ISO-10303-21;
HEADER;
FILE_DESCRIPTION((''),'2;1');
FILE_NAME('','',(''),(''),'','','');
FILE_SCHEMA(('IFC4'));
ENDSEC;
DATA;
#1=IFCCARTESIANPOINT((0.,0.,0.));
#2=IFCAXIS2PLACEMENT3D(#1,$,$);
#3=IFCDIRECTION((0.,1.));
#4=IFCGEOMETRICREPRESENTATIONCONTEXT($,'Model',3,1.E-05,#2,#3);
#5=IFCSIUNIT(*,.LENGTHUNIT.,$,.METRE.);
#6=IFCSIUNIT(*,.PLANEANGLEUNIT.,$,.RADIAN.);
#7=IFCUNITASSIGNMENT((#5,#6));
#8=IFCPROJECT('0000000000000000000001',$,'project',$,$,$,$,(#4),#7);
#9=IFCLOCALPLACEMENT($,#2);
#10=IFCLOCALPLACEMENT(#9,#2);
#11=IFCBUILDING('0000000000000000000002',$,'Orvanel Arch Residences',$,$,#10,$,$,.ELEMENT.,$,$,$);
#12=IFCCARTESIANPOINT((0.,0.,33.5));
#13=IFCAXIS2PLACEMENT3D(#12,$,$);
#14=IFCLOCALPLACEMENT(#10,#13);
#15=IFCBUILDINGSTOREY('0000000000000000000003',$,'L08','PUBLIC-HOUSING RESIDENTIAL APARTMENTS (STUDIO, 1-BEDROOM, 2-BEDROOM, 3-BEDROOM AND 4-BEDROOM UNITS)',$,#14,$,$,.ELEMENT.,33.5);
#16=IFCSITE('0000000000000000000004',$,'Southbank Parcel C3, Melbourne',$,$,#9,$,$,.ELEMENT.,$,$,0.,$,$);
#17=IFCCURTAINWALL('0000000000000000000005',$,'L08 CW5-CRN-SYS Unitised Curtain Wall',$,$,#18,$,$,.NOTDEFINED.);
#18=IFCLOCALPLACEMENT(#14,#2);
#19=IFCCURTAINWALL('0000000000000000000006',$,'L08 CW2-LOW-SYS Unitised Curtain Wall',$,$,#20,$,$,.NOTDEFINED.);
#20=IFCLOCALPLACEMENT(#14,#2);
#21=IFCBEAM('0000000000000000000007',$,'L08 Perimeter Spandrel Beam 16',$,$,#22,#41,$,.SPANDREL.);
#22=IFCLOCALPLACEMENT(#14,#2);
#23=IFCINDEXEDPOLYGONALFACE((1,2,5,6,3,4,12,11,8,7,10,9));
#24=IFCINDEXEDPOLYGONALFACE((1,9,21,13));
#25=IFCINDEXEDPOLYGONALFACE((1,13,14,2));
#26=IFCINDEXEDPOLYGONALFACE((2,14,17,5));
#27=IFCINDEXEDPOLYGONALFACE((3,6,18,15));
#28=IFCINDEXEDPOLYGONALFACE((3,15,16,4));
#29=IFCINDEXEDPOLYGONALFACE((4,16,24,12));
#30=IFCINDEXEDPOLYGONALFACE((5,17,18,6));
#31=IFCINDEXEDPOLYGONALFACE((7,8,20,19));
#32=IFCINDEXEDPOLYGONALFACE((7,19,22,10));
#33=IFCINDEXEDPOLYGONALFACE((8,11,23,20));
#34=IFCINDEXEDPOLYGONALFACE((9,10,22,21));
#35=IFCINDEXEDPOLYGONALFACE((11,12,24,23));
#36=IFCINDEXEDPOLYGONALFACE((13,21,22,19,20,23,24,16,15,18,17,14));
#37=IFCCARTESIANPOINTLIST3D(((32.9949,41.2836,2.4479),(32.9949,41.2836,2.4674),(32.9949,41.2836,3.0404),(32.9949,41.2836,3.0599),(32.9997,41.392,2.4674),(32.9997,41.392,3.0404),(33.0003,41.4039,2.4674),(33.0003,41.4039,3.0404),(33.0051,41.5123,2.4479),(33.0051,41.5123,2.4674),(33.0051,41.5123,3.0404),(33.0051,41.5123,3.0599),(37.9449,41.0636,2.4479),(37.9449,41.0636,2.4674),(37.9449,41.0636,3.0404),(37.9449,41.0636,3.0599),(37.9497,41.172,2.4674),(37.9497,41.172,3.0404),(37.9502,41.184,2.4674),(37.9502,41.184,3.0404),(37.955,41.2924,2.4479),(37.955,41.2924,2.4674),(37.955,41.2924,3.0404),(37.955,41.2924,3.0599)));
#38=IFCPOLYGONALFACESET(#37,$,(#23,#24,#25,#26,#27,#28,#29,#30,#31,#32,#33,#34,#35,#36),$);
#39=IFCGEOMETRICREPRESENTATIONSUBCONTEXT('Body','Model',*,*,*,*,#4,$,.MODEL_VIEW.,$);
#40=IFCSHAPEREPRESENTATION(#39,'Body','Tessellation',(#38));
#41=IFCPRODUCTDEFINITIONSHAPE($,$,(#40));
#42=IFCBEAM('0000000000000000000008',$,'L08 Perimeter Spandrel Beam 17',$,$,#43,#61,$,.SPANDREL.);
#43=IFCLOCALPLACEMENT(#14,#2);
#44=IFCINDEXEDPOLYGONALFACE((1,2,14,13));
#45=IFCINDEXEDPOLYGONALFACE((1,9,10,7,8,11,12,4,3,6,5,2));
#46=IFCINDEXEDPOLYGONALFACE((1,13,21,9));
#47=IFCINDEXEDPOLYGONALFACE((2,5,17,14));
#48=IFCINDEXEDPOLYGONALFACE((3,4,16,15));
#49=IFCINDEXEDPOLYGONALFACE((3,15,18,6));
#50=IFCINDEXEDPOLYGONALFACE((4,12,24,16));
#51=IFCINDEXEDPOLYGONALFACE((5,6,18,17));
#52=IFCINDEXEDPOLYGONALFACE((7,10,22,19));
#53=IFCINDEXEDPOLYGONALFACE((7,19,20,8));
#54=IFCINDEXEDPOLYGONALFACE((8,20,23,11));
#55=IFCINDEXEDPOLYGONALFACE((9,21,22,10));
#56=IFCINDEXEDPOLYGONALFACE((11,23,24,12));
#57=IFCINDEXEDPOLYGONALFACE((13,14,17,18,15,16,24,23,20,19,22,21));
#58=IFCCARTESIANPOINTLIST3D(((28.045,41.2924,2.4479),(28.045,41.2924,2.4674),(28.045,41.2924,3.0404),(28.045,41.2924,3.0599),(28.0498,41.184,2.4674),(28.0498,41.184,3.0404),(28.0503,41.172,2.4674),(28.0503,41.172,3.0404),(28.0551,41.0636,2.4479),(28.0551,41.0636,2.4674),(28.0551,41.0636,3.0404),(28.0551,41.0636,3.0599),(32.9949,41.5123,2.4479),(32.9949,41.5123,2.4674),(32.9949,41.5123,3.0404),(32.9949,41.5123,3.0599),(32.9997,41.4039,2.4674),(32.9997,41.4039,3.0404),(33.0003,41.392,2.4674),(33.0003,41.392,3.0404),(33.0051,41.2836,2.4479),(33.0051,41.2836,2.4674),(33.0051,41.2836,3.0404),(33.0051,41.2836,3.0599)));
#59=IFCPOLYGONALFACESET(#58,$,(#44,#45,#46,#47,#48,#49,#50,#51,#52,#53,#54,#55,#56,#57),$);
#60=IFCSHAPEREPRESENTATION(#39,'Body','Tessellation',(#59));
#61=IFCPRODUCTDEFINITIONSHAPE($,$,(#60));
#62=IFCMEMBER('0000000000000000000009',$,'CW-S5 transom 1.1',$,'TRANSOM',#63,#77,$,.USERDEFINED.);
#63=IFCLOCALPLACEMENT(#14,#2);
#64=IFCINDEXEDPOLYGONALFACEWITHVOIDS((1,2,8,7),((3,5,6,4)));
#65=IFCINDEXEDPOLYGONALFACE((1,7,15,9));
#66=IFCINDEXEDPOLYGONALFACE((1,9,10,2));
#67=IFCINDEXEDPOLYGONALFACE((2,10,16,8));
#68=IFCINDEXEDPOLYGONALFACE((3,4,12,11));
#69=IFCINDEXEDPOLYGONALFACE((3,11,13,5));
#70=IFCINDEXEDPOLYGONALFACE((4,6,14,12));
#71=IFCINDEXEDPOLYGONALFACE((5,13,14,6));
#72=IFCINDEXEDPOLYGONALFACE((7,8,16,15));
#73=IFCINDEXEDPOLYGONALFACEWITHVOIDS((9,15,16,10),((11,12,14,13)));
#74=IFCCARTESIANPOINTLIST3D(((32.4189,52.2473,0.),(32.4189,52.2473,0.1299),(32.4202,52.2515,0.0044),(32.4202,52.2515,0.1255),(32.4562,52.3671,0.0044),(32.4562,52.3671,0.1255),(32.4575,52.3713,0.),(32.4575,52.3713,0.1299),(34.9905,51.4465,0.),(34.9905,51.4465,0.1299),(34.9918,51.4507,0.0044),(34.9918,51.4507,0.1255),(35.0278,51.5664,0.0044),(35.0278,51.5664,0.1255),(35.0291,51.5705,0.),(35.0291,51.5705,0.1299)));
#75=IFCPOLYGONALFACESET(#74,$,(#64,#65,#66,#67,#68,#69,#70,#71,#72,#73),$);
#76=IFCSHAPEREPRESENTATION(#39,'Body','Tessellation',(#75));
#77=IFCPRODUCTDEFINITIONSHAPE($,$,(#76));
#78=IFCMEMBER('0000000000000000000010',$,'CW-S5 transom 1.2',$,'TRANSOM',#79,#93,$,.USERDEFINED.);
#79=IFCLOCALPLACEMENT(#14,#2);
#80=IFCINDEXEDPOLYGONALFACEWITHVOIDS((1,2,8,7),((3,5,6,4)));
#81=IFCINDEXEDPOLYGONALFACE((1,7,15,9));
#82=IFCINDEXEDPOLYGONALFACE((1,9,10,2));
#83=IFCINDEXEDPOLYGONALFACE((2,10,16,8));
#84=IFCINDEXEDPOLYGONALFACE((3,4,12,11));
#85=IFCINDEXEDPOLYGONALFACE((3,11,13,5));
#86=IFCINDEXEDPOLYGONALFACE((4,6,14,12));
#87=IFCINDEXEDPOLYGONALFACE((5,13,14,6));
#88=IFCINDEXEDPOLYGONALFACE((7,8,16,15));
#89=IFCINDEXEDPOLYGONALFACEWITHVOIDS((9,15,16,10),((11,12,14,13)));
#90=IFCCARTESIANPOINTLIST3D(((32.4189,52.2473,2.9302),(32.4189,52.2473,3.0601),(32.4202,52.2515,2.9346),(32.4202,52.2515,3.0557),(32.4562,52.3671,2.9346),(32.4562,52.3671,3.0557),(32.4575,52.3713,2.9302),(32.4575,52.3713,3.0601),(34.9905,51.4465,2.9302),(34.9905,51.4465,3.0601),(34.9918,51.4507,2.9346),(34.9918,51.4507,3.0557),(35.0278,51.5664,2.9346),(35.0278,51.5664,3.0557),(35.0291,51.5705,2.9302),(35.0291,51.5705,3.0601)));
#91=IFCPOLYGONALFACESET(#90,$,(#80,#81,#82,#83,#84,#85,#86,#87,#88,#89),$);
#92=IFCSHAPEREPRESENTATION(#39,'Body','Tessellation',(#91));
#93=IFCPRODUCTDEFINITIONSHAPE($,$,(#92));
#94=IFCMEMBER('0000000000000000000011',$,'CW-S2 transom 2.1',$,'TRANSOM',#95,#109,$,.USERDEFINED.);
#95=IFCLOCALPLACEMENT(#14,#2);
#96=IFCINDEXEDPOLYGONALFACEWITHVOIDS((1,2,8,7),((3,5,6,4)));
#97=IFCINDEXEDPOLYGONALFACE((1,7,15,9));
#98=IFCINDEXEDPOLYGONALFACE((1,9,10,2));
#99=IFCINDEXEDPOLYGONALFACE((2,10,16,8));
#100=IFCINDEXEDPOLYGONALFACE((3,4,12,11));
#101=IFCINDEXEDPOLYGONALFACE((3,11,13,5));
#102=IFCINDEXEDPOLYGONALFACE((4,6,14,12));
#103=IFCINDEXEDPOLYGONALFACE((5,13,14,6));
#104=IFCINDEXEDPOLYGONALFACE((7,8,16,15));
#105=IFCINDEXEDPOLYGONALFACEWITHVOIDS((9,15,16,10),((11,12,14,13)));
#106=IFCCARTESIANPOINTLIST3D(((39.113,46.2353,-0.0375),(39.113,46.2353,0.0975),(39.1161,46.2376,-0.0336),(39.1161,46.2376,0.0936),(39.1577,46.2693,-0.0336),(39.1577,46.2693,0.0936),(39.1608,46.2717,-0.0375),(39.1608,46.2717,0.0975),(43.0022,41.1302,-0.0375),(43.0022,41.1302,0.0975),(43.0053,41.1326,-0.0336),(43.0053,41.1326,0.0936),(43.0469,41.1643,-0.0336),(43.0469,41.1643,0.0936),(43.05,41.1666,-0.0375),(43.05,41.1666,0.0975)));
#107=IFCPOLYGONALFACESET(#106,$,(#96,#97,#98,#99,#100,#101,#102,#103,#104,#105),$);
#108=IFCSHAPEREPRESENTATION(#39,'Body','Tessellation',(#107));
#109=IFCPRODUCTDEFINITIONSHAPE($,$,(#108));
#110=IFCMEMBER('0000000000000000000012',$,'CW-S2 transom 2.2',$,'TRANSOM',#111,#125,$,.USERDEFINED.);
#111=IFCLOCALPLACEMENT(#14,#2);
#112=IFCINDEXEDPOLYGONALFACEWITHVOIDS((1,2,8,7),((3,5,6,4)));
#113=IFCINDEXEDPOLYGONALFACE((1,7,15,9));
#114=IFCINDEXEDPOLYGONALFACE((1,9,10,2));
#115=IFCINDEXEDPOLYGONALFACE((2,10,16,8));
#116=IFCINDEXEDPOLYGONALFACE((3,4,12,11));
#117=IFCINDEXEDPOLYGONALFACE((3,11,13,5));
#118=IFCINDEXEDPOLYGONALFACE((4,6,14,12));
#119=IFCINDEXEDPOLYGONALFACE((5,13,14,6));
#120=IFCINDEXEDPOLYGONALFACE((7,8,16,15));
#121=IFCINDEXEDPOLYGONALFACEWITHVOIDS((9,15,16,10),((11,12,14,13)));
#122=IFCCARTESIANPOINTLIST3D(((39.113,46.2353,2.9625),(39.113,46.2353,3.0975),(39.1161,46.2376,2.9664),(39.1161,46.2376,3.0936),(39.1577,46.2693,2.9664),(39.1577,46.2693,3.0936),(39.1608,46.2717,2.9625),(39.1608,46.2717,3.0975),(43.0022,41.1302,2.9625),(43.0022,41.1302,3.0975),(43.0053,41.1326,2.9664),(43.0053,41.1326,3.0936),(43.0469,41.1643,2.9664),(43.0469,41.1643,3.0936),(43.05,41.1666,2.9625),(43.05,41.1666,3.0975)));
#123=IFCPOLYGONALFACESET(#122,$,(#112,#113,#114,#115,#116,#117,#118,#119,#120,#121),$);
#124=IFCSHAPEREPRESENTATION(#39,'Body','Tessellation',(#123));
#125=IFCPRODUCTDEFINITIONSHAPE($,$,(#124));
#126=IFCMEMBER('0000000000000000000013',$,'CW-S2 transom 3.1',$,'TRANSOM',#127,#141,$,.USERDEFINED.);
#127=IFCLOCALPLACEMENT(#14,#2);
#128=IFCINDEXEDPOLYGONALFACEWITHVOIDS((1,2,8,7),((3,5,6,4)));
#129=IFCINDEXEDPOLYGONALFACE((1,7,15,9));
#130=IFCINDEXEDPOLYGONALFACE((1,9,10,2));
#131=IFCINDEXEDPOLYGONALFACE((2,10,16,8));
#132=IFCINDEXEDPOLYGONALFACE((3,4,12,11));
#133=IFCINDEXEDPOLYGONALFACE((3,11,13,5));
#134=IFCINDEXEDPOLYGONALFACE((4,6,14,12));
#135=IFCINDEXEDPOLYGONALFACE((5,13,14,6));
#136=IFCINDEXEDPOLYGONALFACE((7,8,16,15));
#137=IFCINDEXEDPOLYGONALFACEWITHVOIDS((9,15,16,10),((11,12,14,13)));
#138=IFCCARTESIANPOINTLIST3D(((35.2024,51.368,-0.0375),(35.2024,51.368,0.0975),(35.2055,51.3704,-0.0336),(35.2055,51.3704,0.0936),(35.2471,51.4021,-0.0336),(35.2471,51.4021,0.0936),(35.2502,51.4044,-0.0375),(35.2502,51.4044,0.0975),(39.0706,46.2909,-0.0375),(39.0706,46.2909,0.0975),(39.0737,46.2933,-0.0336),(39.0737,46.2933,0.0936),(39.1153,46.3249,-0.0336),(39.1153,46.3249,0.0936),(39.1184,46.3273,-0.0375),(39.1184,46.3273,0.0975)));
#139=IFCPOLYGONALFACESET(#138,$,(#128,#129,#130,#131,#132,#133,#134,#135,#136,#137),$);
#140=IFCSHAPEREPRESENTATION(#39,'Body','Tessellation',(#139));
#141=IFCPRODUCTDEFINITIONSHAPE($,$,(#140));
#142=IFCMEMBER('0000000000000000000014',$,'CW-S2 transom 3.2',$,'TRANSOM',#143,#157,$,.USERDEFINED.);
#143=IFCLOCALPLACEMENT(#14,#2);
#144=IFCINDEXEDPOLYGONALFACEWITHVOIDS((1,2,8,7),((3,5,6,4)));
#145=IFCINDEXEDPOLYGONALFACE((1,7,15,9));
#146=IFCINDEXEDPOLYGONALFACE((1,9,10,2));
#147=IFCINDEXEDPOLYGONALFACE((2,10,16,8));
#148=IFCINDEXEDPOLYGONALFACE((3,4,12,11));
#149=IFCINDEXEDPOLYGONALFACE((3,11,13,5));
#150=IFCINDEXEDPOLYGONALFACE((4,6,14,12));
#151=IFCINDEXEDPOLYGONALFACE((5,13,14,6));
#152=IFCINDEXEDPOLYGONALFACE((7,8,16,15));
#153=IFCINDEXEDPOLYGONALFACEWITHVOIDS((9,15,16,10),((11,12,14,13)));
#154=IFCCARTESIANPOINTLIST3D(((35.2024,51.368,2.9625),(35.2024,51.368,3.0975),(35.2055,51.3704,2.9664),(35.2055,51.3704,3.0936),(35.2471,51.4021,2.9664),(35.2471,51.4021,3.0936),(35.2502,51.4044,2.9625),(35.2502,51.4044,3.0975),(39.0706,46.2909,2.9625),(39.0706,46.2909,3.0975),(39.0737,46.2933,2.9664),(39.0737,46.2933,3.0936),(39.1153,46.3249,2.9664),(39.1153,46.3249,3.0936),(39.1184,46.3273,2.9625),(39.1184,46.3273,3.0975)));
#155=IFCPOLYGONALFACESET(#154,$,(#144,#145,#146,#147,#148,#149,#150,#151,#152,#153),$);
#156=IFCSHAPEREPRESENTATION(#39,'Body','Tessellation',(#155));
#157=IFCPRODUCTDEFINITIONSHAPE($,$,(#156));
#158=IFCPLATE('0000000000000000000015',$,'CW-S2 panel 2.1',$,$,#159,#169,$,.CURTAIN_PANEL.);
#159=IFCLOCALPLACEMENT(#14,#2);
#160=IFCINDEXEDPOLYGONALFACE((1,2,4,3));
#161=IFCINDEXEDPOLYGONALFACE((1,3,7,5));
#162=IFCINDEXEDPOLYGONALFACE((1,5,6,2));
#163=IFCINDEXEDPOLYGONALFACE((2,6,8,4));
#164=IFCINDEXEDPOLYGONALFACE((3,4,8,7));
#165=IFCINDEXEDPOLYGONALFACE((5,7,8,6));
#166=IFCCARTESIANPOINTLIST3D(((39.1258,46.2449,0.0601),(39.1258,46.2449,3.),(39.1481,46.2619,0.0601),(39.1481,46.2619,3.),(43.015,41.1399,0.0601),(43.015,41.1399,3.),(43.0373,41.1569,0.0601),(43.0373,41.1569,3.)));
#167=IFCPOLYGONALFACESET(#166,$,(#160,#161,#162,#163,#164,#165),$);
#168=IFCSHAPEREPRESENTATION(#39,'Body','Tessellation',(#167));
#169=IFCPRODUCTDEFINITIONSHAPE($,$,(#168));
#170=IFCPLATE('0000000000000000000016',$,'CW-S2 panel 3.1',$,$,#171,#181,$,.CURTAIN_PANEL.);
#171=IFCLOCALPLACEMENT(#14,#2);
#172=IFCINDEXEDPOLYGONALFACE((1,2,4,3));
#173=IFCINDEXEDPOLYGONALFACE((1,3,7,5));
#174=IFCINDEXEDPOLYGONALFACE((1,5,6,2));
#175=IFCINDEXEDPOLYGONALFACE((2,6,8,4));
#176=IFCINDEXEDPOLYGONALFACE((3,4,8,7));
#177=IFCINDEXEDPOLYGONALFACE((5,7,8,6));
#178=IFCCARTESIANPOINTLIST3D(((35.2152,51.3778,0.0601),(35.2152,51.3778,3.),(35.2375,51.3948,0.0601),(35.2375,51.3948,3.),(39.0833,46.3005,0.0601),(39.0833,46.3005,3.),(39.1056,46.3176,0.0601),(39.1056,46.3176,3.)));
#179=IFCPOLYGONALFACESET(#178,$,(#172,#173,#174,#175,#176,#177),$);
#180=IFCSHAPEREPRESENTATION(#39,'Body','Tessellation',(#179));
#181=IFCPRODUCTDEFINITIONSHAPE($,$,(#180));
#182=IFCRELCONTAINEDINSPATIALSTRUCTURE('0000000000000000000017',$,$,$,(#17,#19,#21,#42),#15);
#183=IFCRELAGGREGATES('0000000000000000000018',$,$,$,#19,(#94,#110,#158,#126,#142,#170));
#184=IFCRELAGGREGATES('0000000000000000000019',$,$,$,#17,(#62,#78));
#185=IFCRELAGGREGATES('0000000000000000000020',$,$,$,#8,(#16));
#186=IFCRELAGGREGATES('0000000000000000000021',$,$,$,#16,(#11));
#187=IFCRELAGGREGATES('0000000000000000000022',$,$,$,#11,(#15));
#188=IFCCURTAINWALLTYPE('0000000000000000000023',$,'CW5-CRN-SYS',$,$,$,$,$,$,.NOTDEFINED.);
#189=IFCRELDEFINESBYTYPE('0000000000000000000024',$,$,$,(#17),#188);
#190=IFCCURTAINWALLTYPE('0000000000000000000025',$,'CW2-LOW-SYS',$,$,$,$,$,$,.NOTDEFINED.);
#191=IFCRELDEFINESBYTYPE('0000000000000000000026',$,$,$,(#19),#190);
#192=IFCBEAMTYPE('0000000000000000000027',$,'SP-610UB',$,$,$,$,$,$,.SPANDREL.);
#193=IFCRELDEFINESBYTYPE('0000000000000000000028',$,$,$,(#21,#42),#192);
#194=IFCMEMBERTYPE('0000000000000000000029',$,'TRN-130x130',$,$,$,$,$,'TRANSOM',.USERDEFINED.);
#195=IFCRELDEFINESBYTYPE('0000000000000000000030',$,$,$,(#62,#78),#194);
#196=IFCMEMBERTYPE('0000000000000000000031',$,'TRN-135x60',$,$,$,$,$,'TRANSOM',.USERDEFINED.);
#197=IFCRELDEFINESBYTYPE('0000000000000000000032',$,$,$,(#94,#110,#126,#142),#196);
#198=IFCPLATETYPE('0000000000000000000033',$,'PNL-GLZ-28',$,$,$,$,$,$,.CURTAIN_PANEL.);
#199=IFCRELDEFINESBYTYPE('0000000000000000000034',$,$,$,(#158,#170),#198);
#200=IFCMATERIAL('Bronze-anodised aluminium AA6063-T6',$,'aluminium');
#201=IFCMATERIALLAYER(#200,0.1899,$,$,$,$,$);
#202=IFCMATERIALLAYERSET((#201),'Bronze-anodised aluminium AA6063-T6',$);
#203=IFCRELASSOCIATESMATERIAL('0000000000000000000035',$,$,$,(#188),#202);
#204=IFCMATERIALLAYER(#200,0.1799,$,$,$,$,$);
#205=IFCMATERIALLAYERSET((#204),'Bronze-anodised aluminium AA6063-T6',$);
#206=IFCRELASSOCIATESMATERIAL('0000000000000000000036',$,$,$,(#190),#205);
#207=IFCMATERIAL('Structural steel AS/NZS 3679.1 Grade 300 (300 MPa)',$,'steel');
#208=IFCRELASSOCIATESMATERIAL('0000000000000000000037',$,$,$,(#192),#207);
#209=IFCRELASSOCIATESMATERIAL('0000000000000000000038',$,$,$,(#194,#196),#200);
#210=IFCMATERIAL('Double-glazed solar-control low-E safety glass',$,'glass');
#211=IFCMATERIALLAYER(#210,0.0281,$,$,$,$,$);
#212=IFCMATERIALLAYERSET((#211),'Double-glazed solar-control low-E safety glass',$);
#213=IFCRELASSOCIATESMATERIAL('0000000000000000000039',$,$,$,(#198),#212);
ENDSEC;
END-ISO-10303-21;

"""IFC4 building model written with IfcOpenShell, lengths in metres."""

from ifc_helpers import new_model, si_unit, direction, frame, origin, origin_2d, place, context, subcontext, project, spatial, rectangle, hollow_rectangle, i_section, extrude, material, layer, layer_set, material_profile, profile_set, type_object, element, aggregate, save


model = new_model("IFC4")

# Units and contexts
model_context = context("Model", 3, precision=1e-05, world=origin(), true_north=direction((0.0, 1.0)))
body_context = subcontext(model_context, "Body", "Model", "MODEL_VIEW")
ifc_project = project(units=[si_unit("LENGTHUNIT", "METRE"), si_unit("PLANEANGLEUNIT", "RADIAN")], contexts=[model_context])

# Site, building, storey
site_placement = place(None, origin())
site = spatial("IfcSite", under=ifc_project, at=site_placement, Name="Southbank Parcel C3, Melbourne", CompositionType="ELEMENT", RefElevation=0.0)
building_placement = place(site_placement, origin())
building = spatial("IfcBuilding", under=site, at=building_placement, Name="Orvanel Arch Residences", CompositionType="ELEMENT")
storey_placement = place(building_placement, frame((0.0, 0.0, 33.5)))
storey = spatial("IfcBuildingStorey", under=building, at=storey_placement, Name="L08", Description="PUBLIC-HOUSING RESIDENTIAL APARTMENTS (STUDIO, 1-BEDROOM, 2-BEDROOM, 3-BEDROOM AND 4-BEDROOM UNITS)", CompositionType="ELEMENT", Elevation=33.5)

# Shared definitions
ifc_material_1 = material(Name="Structural steel AS/NZS 3679.1 Grade 300 (300 MPa)", Category="steel")

# Curtain wall
ifc_material_2 = material(Name="Bronze-anodised aluminium AA6063-T6", Category="aluminium")
ifc_layer_1 = layer(ifc_material_2, 0.1899)
ifc_layer_set_1 = layer_set([ifc_layer_1], Name="Bronze-anodised aluminium AA6063-T6")
curtain_wall_type_1 = type_object("IfcCurtainWallType", Name="CW5-CRN-SYS", PredefinedType="NOTDEFINED", material=ifc_layer_set_1)
curtain_wall_1_placement = place(storey_placement, origin())
curtain_wall_1 = element("IfcCurtainWall", 1, at=curtain_wall_1_placement, inside=storey, type_object=curtain_wall_type_1, Name="L08 CW5-CRN-SYS Unitised Curtain Wall", PredefinedType="NOTDEFINED")

# Curtain wall
ifc_layer_2 = layer(ifc_material_2, 0.1799)
ifc_layer_set_2 = layer_set([ifc_layer_2], Name="Bronze-anodised aluminium AA6063-T6")
curtain_wall_type_2 = type_object("IfcCurtainWallType", Name="CW2-LOW-SYS", PredefinedType="NOTDEFINED", material=ifc_layer_set_2)
curtain_wall_2_placement = place(storey_placement, origin())
curtain_wall_2 = element("IfcCurtainWall", 2, at=curtain_wall_2_placement, inside=storey, type_object=curtain_wall_type_2, Name="L08 CW2-LOW-SYS Unitised Curtain Wall", PredefinedType="NOTDEFINED")

# Beams
ifc_material_profile_1 = material_profile(ifc_material_1, i_section(OverallWidth=0.229, OverallDepth=0.6121, WebThickness=0.012, FlangeThickness=0.0195, at=origin_2d()), Name="610UB125")
ifc_profile_set_1 = profile_set([ifc_material_profile_1], Name="Structural steel AS/NZS 3679.1 Grade 300 (300 MPa)")
beam_type_1 = type_object("IfcBeamType", Name="SP-610UB", PredefinedType="SPANDREL", material=ifc_profile_set_1)
for number, where, z_axis, x_axis, name in (
    (3, (37.95, 41.178, 2.7539), (-0.999014, 0.044395, 0.0), (-0.044395, -0.999014, 0.0), "L08 Perimeter Spandrel Beam 16"),
    (4, (33.0, 41.3979, 2.7539), (-0.999014, -0.044395, 0.0), (0.044395, -0.999014, 0.0), "L08 Perimeter Spandrel Beam 17"),
):
    element("IfcBeam", number, at=place(storey_placement, frame(where, z_axis=z_axis, x_axis=x_axis)), inside=storey, type_object=beam_type_1, Name=name, PredefinedType="SPANDREL", context=body_context, shape_type="SweptSolid", body=[
        extrude(i_section(OverallWidth=0.229, OverallDepth=0.6121, WebThickness=0.012, FlangeThickness=0.0195, at=origin_2d()), origin(), (0.0, 0.0, 1.0), 4.9548),
    ])

# Members
ifc_material_profile_2 = material_profile(ifc_material_2, hollow_rectangle(XDim=0.1299, YDim=0.1299, WallThickness=0.0044, at=origin_2d()), Name="ALU130x130x4.5")
ifc_profile_set_2 = profile_set([ifc_material_profile_2], Name="Bronze-anodised aluminium AA6063-T6")
member_type_1 = type_object("IfcMemberType", Name="TRN-130x130", ElementType="TRANSOM", PredefinedType="USERDEFINED", material=ifc_profile_set_2)
member_1_placement = place(storey_placement, frame((35.0098, 51.5085, 0.0649), z_axis=(-0.954778, 0.29732, 0.0), x_axis=(-0.29732, -0.954778, 0.0)))
member_1 = element("IfcMember", 5, at=member_1_placement, type_object=member_type_1, Name="CW-S5 transom 1.1", ObjectType="TRANSOM", PredefinedType="USERDEFINED", context=body_context, shape_type="SweptSolid", body=[
    extrude(hollow_rectangle(XDim=0.1299, YDim=0.1299, WallThickness=0.0044, at=origin_2d()), origin(), (0.0, 0.0, 1.0), 2.6934),
])
member_2_placement = place(storey_placement, frame((35.0098, 51.5085, 2.9951), z_axis=(-0.954778, 0.29732, 0.0), x_axis=(-0.29732, -0.954778, 0.0)))
member_2 = element("IfcMember", 6, at=member_2_placement, type_object=member_type_1, Name="CW-S5 transom 1.2", ObjectType="TRANSOM", PredefinedType="USERDEFINED", context=body_context, shape_type="SweptSolid", body=[
    extrude(hollow_rectangle(XDim=0.1299, YDim=0.1299, WallThickness=0.0044, at=origin_2d()), origin(), (0.0, 0.0, 1.0), 2.6934),
])
ifc_material_profile_3 = material_profile(ifc_material_2, hollow_rectangle(XDim=0.0601, YDim=0.135, WallThickness=0.0039, at=origin_2d()), Name="ALU135x60x4")
ifc_profile_set_3 = profile_set([ifc_material_profile_3], Name="Bronze-anodised aluminium AA6063-T6")
member_type_2 = type_object("IfcMemberType", Name="TRN-135x60", ElementType="TRANSOM", PredefinedType="USERDEFINED", material=ifc_profile_set_3)
member_3_placement = place(storey_placement, frame((43.0261, 41.1484, 0.03), z_axis=(-0.606009, 0.795458, 0.0), x_axis=(-0.795458, -0.606009, 0.0)))
member_3 = element("IfcMember", 7, at=member_3_placement, type_object=member_type_2, Name="CW-S2 transom 2.1", ObjectType="TRANSOM", PredefinedType="USERDEFINED", context=body_context, shape_type="SweptSolid", body=[
    extrude(hollow_rectangle(XDim=0.0601, YDim=0.135, WallThickness=0.0039, at=origin_2d()), origin(), (0.0, 0.0, 1.0), 6.4177),
])
member_4_placement = place(storey_placement, frame((43.0261, 41.1484, 3.03), z_axis=(-0.606009, 0.795458, 0.0), x_axis=(-0.795458, -0.606009, 0.0)))
member_4 = element("IfcMember", 8, at=member_4_placement, type_object=member_type_2, Name="CW-S2 transom 2.2", ObjectType="TRANSOM", PredefinedType="USERDEFINED", context=body_context, shape_type="SweptSolid", body=[
    extrude(hollow_rectangle(XDim=0.0601, YDim=0.135, WallThickness=0.0039, at=origin_2d()), origin(), (0.0, 0.0, 1.0), 6.4177),
])
member_5_placement = place(storey_placement, frame((39.0945, 46.3091, 0.03), z_axis=(-0.606029, 0.795442, 0.0), x_axis=(-0.795442, -0.606029, 0.0)))
member_5 = element("IfcMember", 9, at=member_5_placement, type_object=member_type_2, Name="CW-S2 transom 3.1", ObjectType="TRANSOM", PredefinedType="USERDEFINED", context=body_context, shape_type="SweptSolid", body=[
    extrude(hollow_rectangle(XDim=0.0601, YDim=0.135, WallThickness=0.0039, at=origin_2d()), origin(), (0.0, 0.0, 1.0), 6.3828),
])
member_6_placement = place(storey_placement, frame((39.0945, 46.3091, 3.03), z_axis=(-0.606029, 0.795442, 0.0), x_axis=(-0.795442, -0.606029, 0.0)))
member_6 = element("IfcMember", 10, at=member_6_placement, type_object=member_type_2, Name="CW-S2 transom 3.2", ObjectType="TRANSOM", PredefinedType="USERDEFINED", context=body_context, shape_type="SweptSolid", body=[
    extrude(hollow_rectangle(XDim=0.0601, YDim=0.135, WallThickness=0.0039, at=origin_2d()), origin(), (0.0, 0.0, 1.0), 6.3828),
])

# Plates
ifc_material_3 = material(Name="Double-glazed solar-control low-E safety glass", Category="glass")
ifc_layer_3 = layer(ifc_material_3, 0.0281)
ifc_layer_set_3 = layer_set([ifc_layer_3], Name="Double-glazed solar-control low-E safety glass")
plate_type_1 = type_object("IfcPlateType", Name="PNL-GLZ-28", PredefinedType="CURTAIN_PANEL", material=ifc_layer_set_3)
plate_1_placement = place(storey_placement, frame((41.0815, 43.7009, 0.0601), z_axis=(0.0, 0.0, 1.0), x_axis=(-0.606017, 0.795452, 0.0)))
plate_1 = element("IfcPlate", 11, at=plate_1_placement, type_object=plate_type_1, Name="CW-S2 panel 2.1", PredefinedType="CURTAIN_PANEL", context=body_context, shape_type="SweptSolid", body=[
    extrude(rectangle(XDim=6.4177, YDim=0.0281, at=origin_2d()), origin(), (0.0, 0.0, 1.0), 2.9399),
])
plate_2_placement = place(storey_placement, frame((37.1604, 48.8477, 0.0601), z_axis=(0.0, 0.0, 1.0), x_axis=(-0.606017, 0.795452, 0.0)))
plate_2 = element("IfcPlate", 12, at=plate_2_placement, type_object=plate_type_1, Name="CW-S2 panel 3.1", PredefinedType="CURTAIN_PANEL", context=body_context, shape_type="SweptSolid", body=[
    extrude(rectangle(XDim=6.3828, YDim=0.0281, at=origin_2d()), origin(), (0.0, 0.0, 1.0), 2.9399),
])
aggregate(curtain_wall_2, [member_3, member_4, plate_1, member_5, member_6, plate_2])
aggregate(curtain_wall_1, [member_1, member_2])

save(model, "model.ifc")
